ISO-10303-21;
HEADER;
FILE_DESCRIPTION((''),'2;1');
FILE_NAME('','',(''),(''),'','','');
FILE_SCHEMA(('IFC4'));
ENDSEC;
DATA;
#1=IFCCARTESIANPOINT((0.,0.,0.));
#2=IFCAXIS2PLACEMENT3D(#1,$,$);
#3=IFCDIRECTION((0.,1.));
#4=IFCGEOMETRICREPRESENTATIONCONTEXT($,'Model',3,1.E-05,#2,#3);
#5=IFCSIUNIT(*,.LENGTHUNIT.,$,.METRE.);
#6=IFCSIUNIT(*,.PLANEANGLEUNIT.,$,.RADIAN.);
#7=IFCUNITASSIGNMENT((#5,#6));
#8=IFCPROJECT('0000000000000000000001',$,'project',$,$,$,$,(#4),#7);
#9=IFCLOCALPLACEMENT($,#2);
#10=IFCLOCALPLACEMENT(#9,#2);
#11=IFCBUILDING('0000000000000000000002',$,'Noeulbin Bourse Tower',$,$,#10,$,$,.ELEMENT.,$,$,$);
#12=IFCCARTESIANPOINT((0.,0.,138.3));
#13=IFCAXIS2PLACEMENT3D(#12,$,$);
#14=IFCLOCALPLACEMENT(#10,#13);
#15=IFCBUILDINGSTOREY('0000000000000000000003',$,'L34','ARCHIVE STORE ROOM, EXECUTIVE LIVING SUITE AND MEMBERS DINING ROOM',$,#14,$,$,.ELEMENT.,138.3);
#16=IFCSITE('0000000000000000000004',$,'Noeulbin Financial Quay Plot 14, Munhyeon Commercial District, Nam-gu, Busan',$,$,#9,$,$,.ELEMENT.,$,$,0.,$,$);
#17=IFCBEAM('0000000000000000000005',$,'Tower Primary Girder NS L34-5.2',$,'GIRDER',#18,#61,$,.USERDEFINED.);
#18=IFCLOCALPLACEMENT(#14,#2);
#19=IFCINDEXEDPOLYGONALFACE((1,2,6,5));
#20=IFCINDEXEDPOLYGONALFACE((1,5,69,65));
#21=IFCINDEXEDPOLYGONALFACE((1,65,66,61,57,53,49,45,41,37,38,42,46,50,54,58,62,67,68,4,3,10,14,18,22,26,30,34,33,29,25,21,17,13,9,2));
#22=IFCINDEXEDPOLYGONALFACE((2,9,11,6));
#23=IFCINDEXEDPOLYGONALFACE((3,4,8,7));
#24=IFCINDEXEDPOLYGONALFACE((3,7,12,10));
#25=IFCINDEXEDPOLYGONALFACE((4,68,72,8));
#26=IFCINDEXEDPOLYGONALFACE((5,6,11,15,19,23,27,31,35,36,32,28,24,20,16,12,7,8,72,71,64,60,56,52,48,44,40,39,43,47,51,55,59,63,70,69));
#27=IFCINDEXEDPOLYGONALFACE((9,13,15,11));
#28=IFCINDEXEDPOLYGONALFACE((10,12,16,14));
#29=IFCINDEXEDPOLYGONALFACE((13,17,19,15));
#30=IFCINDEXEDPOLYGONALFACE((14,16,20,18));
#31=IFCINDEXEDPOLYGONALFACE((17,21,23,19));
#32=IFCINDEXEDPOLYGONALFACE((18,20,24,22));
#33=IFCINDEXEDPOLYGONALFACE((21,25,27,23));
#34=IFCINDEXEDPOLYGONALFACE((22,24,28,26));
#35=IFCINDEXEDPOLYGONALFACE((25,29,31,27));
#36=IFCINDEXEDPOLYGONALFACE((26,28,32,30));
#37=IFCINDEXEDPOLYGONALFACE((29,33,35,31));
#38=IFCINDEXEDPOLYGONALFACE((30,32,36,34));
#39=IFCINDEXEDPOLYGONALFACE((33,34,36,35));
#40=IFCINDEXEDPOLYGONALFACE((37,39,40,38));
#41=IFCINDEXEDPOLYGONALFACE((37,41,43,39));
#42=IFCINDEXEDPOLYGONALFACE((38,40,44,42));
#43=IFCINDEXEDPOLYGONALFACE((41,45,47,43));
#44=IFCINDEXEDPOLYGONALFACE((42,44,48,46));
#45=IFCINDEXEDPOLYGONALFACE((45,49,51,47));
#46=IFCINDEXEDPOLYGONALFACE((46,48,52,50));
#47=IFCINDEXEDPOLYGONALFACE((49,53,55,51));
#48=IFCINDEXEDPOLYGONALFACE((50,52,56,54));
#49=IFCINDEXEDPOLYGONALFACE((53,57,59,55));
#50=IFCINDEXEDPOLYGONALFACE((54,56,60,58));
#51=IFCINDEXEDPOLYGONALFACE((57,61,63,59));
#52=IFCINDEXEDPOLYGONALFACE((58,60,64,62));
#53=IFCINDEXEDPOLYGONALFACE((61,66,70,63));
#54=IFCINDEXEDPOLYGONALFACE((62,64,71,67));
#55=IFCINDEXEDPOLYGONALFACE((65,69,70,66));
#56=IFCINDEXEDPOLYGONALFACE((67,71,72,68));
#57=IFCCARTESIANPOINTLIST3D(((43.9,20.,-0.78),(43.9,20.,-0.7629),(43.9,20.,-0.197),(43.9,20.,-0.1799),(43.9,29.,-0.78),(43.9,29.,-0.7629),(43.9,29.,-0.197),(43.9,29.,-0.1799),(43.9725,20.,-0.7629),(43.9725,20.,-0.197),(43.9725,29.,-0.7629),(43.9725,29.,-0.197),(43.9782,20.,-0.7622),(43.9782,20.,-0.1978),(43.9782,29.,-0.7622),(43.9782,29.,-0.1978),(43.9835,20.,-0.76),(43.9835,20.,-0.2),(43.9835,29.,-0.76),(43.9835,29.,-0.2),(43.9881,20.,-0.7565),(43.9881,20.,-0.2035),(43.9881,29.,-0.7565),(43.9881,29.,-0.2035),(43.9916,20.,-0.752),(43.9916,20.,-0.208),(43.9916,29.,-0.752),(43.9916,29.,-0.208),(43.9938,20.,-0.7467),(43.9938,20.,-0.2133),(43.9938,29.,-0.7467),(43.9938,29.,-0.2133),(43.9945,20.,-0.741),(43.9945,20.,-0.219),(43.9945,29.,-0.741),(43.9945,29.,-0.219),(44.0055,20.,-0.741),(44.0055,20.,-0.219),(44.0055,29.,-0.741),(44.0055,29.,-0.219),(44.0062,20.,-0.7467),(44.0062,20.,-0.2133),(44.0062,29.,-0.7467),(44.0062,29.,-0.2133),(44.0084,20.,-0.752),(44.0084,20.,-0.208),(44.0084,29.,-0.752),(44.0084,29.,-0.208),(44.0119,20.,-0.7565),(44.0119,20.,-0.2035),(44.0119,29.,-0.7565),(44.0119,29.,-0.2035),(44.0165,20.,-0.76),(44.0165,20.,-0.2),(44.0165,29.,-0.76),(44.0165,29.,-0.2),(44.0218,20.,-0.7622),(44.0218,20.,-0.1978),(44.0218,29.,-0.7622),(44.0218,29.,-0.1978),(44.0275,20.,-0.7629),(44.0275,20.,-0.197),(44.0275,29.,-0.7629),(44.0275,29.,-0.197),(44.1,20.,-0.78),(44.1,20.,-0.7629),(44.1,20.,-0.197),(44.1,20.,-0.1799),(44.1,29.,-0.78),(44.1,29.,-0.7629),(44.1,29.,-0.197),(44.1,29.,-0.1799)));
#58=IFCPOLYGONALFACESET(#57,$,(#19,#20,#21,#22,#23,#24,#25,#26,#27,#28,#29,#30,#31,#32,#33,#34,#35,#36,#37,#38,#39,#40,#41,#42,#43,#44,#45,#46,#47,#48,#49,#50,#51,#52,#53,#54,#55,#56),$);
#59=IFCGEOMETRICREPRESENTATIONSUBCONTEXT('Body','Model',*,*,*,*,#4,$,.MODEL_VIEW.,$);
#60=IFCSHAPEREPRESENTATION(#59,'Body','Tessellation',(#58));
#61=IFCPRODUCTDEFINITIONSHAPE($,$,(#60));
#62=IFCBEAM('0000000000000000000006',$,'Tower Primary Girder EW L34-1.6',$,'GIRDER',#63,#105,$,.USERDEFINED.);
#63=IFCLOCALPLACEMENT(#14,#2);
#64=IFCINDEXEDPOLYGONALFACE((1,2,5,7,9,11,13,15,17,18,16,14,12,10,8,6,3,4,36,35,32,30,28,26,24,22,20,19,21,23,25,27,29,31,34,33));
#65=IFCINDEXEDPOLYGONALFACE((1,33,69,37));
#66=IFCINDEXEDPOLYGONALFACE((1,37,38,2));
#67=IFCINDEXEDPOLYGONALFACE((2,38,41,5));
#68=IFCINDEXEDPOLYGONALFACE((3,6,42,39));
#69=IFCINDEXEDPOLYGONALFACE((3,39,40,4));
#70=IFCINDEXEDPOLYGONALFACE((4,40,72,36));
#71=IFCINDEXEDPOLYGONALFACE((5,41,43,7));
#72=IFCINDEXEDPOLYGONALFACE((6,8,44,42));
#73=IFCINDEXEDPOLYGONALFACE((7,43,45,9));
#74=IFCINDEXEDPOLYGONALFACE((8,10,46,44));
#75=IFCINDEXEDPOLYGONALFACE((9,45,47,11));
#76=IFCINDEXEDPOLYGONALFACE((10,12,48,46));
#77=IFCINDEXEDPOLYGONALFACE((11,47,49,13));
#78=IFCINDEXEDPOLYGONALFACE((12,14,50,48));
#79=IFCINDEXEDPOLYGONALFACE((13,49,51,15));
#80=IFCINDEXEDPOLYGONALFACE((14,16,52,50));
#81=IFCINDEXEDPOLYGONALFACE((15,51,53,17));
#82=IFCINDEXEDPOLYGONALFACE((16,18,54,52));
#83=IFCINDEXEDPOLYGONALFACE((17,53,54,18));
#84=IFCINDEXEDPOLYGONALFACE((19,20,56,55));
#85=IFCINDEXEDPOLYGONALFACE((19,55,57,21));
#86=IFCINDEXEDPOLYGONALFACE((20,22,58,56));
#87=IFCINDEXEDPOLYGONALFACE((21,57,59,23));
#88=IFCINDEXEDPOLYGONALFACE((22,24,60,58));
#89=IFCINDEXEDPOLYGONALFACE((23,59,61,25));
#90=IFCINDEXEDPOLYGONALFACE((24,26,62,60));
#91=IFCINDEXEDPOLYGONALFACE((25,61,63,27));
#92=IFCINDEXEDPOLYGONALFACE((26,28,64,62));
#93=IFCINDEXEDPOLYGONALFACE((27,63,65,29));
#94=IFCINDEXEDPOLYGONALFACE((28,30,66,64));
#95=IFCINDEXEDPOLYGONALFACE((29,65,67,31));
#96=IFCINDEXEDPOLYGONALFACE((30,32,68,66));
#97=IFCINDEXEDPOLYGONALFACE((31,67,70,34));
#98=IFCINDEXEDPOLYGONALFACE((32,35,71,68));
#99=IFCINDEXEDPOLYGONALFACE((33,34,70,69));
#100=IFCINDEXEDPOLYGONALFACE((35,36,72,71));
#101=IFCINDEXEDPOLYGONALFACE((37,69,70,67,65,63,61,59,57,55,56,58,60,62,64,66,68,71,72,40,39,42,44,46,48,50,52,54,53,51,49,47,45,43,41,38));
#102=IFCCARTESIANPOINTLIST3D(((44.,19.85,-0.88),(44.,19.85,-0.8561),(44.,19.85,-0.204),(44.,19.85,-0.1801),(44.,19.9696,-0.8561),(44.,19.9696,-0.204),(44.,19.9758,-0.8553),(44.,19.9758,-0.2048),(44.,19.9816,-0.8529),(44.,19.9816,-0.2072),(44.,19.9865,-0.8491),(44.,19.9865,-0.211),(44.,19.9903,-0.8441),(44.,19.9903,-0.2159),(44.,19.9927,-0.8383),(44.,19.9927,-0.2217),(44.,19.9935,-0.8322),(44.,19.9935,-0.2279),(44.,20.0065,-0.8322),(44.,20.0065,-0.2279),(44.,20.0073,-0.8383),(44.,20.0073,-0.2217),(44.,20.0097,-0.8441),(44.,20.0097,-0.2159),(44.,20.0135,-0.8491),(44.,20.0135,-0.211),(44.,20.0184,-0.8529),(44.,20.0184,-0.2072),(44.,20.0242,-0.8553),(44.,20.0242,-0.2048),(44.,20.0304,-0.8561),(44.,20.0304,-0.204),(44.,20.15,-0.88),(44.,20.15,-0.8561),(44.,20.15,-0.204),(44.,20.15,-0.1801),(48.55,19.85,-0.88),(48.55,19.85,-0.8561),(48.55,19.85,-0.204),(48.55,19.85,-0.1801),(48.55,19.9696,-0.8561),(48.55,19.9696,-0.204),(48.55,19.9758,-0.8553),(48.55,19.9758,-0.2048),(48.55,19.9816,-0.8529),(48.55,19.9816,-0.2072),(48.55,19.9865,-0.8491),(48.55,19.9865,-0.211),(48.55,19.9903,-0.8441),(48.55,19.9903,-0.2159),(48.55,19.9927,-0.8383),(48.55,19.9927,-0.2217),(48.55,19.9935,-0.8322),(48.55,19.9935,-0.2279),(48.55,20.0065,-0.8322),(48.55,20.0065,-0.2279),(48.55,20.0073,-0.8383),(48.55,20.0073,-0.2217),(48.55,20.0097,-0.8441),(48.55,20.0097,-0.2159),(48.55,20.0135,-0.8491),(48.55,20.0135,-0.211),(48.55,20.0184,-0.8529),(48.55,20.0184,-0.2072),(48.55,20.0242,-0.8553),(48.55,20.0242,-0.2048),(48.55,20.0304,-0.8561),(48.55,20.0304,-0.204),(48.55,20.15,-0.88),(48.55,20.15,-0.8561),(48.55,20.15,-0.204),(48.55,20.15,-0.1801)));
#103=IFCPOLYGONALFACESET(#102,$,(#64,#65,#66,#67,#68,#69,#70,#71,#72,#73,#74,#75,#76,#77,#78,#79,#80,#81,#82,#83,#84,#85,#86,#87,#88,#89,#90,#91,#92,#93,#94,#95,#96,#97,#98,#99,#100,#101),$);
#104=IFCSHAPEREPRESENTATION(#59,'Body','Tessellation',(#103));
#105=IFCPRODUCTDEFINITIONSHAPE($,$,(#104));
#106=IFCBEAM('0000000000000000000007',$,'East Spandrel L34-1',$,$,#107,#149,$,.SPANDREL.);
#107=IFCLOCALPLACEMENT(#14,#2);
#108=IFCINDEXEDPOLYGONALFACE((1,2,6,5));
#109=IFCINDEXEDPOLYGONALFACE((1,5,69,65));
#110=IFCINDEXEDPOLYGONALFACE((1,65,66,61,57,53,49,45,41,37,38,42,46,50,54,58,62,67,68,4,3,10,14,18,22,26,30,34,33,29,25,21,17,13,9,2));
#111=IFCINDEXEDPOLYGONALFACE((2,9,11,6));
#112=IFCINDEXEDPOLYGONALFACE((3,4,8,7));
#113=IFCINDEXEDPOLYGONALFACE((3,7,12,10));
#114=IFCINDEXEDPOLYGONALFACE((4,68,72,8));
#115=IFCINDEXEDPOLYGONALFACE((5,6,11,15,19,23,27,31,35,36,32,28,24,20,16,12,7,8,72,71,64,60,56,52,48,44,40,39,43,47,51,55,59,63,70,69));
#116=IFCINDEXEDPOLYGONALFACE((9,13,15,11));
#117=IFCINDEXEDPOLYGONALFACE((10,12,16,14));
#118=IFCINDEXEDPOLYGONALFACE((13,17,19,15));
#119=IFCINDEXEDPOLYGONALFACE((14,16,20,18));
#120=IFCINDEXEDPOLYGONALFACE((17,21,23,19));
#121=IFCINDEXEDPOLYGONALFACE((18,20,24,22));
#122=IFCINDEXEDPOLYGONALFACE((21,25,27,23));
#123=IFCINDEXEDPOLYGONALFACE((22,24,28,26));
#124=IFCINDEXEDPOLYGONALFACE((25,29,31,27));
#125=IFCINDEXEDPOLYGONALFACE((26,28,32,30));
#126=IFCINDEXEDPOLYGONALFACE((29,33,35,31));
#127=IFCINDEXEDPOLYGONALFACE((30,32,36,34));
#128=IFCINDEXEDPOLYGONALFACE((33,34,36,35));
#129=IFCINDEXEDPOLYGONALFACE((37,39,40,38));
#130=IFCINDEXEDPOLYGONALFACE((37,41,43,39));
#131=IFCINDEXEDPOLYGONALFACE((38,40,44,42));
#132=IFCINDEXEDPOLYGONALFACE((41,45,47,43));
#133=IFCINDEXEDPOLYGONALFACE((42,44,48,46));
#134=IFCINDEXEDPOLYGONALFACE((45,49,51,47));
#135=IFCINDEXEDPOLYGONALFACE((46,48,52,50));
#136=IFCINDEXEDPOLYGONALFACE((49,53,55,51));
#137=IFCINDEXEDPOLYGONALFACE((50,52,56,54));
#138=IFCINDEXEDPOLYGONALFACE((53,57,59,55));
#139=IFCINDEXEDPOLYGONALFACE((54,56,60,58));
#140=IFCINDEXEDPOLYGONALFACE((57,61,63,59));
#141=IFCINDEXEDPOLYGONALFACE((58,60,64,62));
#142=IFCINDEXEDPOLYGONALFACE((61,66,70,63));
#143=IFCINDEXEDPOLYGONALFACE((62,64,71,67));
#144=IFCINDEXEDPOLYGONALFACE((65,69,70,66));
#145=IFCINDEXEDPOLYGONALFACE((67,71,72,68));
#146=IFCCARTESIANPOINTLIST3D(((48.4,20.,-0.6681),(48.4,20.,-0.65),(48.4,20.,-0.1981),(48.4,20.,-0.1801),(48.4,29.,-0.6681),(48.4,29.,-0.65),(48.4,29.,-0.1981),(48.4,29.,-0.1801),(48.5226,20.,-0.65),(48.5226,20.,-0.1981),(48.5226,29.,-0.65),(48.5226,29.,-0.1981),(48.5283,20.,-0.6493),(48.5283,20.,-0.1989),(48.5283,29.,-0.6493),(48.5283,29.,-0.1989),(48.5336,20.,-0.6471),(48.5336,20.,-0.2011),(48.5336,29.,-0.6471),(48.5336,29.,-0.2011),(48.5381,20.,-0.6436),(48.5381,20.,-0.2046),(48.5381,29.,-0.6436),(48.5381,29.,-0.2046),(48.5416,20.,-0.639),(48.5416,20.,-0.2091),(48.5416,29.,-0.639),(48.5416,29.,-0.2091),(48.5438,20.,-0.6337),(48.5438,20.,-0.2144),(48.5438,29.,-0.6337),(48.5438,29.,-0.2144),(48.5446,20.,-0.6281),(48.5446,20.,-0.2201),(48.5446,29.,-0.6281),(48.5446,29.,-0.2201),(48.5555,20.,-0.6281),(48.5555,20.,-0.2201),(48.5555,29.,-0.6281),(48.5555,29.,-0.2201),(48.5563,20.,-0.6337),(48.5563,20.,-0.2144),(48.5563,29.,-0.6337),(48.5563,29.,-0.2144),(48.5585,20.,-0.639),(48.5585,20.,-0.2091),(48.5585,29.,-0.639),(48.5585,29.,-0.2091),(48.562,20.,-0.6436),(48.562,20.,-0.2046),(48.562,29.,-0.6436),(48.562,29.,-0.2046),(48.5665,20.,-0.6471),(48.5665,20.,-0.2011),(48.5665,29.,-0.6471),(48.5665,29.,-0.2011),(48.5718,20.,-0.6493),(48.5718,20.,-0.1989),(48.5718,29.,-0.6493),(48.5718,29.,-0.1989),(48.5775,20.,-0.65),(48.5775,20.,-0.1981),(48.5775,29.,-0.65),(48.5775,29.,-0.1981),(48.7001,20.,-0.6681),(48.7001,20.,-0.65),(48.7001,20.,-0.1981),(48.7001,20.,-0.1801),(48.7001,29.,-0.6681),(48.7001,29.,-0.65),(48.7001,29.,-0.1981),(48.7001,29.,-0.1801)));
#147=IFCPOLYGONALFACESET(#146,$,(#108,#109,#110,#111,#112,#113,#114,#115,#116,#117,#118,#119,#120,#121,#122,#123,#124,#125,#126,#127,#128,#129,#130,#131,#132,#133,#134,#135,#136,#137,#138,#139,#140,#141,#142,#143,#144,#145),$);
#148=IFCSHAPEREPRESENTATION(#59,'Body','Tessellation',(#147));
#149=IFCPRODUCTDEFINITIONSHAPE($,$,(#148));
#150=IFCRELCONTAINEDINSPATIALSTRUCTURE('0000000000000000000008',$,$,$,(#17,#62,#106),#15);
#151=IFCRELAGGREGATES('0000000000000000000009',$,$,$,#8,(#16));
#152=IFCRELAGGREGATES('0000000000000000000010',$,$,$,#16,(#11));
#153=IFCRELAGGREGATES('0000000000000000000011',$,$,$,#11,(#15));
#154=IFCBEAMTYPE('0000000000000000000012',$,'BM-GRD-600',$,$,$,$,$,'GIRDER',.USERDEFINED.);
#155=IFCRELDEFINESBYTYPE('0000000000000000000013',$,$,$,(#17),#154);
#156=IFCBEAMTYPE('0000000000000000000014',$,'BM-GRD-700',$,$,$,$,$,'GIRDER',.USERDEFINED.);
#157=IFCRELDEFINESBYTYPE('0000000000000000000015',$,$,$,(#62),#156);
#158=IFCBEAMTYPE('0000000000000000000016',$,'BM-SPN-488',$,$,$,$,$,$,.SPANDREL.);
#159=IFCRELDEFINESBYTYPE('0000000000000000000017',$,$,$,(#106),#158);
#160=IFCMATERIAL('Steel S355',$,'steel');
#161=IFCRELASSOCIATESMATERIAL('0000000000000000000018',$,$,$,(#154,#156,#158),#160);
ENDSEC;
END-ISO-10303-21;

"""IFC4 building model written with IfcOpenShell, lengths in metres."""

from ifc_helpers import new_model, si_unit, direction, frame, origin, origin_2d, place, context, subcontext, project, spatial, i_section, extrude, material, material_profile, profile_set, type_object, element, save


model = new_model("IFC4")

# Units and contexts
model_context = context("Model", 3, precision=1e-05, world=origin(), true_north=direction((0.0, 1.0)))
body_context = subcontext(model_context, "Body", "Model", "MODEL_VIEW")
ifc_project = project(units=[si_unit("LENGTHUNIT", "METRE"), si_unit("PLANEANGLEUNIT", "RADIAN")], contexts=[model_context])

# Site, building, storey
site_placement = place(None, origin())
site = spatial("IfcSite", under=ifc_project, at=site_placement, Name="Noeulbin Financial Quay Plot 14, Munhyeon Commercial District, Nam-gu, Busan", CompositionType="ELEMENT", RefElevation=0.0)
building_placement = place(site_placement, origin())
building = spatial("IfcBuilding", under=site, at=building_placement, Name="Noeulbin Bourse Tower", CompositionType="ELEMENT")
storey_placement = place(building_placement, frame((0.0, 0.0, 138.3)))
storey = spatial("IfcBuildingStorey", under=building, at=storey_placement, Name="L34", Description="ARCHIVE STORE ROOM, EXECUTIVE LIVING SUITE AND MEMBERS DINING ROOM", CompositionType="ELEMENT", Elevation=138.3)

# Shared definitions
ifc_material_1 = material(Name="Steel S355", Category="steel")

# Beams
ifc_material_profile_1 = material_profile(ifc_material_1, i_section(OverallWidth=0.2, OverallDepth=0.6001, WebThickness=0.011, FlangeThickness=0.0171, FilletRadius=0.022, at=origin_2d()), Name="H-600x200x11x17", Category="LoadBearing")
ifc_profile_set_1 = profile_set([ifc_material_profile_1], Name="Steel S355")
beam_type_1 = type_object("IfcBeamType", Name="BM-GRD-600", ElementType="GIRDER", PredefinedType="USERDEFINED", material=ifc_profile_set_1)
beam_1_placement = place(storey_placement, frame((44.0, 20.0, -0.48), z_axis=(0.0, 1.0, 0.0), x_axis=(-1.0, 0.0, 0.0)))
element("IfcBeam", 1, at=beam_1_placement, inside=storey, type_object=beam_type_1, Name="Tower Primary Girder NS L34-5.2", ObjectType="GIRDER", PredefinedType="USERDEFINED", context=body_context, shape_type="SweptSolid", body=[
    extrude(i_section(OverallWidth=0.2, OverallDepth=0.6001, WebThickness=0.011, FlangeThickness=0.0171, FilletRadius=0.022, at=origin_2d()), origin(), (0.0, 0.0, 1.0), 9.0),
])
ifc_material_profile_2 = material_profile(ifc_material_1, i_section(OverallWidth=0.3, OverallDepth=0.7, WebThickness=0.0129, FlangeThickness=0.0239, FilletRadius=0.0239, at=origin_2d()), Name="H-700x300x13x24", Category="LoadBearing")
ifc_profile_set_2 = profile_set([ifc_material_profile_2], Name="Steel S355")
beam_type_2 = type_object("IfcBeamType", Name="BM-GRD-700", ElementType="GIRDER", PredefinedType="USERDEFINED", material=ifc_profile_set_2)
beam_2_placement = place(storey_placement, frame((44.0, 20.0, -0.53), z_axis=(1.0, 0.0, 0.0), x_axis=(0.0, 1.0, 0.0)))
element("IfcBeam", 2, at=beam_2_placement, inside=storey, type_object=beam_type_2, Name="Tower Primary Girder EW L34-1.6", ObjectType="GIRDER", PredefinedType="USERDEFINED", context=body_context, shape_type="SweptSolid", body=[
    extrude(i_section(OverallWidth=0.3, OverallDepth=0.7, WebThickness=0.0129, FlangeThickness=0.0239, FilletRadius=0.0239, at=origin_2d()), origin(), (0.0, 0.0, 1.0), 4.55),
])
ifc_material_profile_3 = material_profile(ifc_material_1, i_section(OverallWidth=0.3, OverallDepth=0.488, WebThickness=0.011, FlangeThickness=0.0181, FilletRadius=0.022, at=origin_2d()), Name="H-488x300x11x18", Category="LoadBearing")
ifc_profile_set_3 = profile_set([ifc_material_profile_3], Name="Steel S355")
beam_type_3 = type_object("IfcBeamType", Name="BM-SPN-488", PredefinedType="SPANDREL", material=ifc_profile_set_3)
beam_3_placement = place(storey_placement, frame((48.55, 20.0, -0.4241), z_axis=(0.0, 1.0, 0.0), x_axis=(-1.0, 0.0, 0.0)))
element("IfcBeam", 3, at=beam_3_placement, inside=storey, type_object=beam_type_3, Name="East Spandrel L34-1", PredefinedType="SPANDREL", context=body_context, shape_type="SweptSolid", body=[
    extrude(i_section(OverallWidth=0.3, OverallDepth=0.488, WebThickness=0.011, FlangeThickness=0.0181, FilletRadius=0.022, at=origin_2d()), origin(), (0.0, 0.0, 1.0), 9.0),
])

save(model, "model.ifc")
